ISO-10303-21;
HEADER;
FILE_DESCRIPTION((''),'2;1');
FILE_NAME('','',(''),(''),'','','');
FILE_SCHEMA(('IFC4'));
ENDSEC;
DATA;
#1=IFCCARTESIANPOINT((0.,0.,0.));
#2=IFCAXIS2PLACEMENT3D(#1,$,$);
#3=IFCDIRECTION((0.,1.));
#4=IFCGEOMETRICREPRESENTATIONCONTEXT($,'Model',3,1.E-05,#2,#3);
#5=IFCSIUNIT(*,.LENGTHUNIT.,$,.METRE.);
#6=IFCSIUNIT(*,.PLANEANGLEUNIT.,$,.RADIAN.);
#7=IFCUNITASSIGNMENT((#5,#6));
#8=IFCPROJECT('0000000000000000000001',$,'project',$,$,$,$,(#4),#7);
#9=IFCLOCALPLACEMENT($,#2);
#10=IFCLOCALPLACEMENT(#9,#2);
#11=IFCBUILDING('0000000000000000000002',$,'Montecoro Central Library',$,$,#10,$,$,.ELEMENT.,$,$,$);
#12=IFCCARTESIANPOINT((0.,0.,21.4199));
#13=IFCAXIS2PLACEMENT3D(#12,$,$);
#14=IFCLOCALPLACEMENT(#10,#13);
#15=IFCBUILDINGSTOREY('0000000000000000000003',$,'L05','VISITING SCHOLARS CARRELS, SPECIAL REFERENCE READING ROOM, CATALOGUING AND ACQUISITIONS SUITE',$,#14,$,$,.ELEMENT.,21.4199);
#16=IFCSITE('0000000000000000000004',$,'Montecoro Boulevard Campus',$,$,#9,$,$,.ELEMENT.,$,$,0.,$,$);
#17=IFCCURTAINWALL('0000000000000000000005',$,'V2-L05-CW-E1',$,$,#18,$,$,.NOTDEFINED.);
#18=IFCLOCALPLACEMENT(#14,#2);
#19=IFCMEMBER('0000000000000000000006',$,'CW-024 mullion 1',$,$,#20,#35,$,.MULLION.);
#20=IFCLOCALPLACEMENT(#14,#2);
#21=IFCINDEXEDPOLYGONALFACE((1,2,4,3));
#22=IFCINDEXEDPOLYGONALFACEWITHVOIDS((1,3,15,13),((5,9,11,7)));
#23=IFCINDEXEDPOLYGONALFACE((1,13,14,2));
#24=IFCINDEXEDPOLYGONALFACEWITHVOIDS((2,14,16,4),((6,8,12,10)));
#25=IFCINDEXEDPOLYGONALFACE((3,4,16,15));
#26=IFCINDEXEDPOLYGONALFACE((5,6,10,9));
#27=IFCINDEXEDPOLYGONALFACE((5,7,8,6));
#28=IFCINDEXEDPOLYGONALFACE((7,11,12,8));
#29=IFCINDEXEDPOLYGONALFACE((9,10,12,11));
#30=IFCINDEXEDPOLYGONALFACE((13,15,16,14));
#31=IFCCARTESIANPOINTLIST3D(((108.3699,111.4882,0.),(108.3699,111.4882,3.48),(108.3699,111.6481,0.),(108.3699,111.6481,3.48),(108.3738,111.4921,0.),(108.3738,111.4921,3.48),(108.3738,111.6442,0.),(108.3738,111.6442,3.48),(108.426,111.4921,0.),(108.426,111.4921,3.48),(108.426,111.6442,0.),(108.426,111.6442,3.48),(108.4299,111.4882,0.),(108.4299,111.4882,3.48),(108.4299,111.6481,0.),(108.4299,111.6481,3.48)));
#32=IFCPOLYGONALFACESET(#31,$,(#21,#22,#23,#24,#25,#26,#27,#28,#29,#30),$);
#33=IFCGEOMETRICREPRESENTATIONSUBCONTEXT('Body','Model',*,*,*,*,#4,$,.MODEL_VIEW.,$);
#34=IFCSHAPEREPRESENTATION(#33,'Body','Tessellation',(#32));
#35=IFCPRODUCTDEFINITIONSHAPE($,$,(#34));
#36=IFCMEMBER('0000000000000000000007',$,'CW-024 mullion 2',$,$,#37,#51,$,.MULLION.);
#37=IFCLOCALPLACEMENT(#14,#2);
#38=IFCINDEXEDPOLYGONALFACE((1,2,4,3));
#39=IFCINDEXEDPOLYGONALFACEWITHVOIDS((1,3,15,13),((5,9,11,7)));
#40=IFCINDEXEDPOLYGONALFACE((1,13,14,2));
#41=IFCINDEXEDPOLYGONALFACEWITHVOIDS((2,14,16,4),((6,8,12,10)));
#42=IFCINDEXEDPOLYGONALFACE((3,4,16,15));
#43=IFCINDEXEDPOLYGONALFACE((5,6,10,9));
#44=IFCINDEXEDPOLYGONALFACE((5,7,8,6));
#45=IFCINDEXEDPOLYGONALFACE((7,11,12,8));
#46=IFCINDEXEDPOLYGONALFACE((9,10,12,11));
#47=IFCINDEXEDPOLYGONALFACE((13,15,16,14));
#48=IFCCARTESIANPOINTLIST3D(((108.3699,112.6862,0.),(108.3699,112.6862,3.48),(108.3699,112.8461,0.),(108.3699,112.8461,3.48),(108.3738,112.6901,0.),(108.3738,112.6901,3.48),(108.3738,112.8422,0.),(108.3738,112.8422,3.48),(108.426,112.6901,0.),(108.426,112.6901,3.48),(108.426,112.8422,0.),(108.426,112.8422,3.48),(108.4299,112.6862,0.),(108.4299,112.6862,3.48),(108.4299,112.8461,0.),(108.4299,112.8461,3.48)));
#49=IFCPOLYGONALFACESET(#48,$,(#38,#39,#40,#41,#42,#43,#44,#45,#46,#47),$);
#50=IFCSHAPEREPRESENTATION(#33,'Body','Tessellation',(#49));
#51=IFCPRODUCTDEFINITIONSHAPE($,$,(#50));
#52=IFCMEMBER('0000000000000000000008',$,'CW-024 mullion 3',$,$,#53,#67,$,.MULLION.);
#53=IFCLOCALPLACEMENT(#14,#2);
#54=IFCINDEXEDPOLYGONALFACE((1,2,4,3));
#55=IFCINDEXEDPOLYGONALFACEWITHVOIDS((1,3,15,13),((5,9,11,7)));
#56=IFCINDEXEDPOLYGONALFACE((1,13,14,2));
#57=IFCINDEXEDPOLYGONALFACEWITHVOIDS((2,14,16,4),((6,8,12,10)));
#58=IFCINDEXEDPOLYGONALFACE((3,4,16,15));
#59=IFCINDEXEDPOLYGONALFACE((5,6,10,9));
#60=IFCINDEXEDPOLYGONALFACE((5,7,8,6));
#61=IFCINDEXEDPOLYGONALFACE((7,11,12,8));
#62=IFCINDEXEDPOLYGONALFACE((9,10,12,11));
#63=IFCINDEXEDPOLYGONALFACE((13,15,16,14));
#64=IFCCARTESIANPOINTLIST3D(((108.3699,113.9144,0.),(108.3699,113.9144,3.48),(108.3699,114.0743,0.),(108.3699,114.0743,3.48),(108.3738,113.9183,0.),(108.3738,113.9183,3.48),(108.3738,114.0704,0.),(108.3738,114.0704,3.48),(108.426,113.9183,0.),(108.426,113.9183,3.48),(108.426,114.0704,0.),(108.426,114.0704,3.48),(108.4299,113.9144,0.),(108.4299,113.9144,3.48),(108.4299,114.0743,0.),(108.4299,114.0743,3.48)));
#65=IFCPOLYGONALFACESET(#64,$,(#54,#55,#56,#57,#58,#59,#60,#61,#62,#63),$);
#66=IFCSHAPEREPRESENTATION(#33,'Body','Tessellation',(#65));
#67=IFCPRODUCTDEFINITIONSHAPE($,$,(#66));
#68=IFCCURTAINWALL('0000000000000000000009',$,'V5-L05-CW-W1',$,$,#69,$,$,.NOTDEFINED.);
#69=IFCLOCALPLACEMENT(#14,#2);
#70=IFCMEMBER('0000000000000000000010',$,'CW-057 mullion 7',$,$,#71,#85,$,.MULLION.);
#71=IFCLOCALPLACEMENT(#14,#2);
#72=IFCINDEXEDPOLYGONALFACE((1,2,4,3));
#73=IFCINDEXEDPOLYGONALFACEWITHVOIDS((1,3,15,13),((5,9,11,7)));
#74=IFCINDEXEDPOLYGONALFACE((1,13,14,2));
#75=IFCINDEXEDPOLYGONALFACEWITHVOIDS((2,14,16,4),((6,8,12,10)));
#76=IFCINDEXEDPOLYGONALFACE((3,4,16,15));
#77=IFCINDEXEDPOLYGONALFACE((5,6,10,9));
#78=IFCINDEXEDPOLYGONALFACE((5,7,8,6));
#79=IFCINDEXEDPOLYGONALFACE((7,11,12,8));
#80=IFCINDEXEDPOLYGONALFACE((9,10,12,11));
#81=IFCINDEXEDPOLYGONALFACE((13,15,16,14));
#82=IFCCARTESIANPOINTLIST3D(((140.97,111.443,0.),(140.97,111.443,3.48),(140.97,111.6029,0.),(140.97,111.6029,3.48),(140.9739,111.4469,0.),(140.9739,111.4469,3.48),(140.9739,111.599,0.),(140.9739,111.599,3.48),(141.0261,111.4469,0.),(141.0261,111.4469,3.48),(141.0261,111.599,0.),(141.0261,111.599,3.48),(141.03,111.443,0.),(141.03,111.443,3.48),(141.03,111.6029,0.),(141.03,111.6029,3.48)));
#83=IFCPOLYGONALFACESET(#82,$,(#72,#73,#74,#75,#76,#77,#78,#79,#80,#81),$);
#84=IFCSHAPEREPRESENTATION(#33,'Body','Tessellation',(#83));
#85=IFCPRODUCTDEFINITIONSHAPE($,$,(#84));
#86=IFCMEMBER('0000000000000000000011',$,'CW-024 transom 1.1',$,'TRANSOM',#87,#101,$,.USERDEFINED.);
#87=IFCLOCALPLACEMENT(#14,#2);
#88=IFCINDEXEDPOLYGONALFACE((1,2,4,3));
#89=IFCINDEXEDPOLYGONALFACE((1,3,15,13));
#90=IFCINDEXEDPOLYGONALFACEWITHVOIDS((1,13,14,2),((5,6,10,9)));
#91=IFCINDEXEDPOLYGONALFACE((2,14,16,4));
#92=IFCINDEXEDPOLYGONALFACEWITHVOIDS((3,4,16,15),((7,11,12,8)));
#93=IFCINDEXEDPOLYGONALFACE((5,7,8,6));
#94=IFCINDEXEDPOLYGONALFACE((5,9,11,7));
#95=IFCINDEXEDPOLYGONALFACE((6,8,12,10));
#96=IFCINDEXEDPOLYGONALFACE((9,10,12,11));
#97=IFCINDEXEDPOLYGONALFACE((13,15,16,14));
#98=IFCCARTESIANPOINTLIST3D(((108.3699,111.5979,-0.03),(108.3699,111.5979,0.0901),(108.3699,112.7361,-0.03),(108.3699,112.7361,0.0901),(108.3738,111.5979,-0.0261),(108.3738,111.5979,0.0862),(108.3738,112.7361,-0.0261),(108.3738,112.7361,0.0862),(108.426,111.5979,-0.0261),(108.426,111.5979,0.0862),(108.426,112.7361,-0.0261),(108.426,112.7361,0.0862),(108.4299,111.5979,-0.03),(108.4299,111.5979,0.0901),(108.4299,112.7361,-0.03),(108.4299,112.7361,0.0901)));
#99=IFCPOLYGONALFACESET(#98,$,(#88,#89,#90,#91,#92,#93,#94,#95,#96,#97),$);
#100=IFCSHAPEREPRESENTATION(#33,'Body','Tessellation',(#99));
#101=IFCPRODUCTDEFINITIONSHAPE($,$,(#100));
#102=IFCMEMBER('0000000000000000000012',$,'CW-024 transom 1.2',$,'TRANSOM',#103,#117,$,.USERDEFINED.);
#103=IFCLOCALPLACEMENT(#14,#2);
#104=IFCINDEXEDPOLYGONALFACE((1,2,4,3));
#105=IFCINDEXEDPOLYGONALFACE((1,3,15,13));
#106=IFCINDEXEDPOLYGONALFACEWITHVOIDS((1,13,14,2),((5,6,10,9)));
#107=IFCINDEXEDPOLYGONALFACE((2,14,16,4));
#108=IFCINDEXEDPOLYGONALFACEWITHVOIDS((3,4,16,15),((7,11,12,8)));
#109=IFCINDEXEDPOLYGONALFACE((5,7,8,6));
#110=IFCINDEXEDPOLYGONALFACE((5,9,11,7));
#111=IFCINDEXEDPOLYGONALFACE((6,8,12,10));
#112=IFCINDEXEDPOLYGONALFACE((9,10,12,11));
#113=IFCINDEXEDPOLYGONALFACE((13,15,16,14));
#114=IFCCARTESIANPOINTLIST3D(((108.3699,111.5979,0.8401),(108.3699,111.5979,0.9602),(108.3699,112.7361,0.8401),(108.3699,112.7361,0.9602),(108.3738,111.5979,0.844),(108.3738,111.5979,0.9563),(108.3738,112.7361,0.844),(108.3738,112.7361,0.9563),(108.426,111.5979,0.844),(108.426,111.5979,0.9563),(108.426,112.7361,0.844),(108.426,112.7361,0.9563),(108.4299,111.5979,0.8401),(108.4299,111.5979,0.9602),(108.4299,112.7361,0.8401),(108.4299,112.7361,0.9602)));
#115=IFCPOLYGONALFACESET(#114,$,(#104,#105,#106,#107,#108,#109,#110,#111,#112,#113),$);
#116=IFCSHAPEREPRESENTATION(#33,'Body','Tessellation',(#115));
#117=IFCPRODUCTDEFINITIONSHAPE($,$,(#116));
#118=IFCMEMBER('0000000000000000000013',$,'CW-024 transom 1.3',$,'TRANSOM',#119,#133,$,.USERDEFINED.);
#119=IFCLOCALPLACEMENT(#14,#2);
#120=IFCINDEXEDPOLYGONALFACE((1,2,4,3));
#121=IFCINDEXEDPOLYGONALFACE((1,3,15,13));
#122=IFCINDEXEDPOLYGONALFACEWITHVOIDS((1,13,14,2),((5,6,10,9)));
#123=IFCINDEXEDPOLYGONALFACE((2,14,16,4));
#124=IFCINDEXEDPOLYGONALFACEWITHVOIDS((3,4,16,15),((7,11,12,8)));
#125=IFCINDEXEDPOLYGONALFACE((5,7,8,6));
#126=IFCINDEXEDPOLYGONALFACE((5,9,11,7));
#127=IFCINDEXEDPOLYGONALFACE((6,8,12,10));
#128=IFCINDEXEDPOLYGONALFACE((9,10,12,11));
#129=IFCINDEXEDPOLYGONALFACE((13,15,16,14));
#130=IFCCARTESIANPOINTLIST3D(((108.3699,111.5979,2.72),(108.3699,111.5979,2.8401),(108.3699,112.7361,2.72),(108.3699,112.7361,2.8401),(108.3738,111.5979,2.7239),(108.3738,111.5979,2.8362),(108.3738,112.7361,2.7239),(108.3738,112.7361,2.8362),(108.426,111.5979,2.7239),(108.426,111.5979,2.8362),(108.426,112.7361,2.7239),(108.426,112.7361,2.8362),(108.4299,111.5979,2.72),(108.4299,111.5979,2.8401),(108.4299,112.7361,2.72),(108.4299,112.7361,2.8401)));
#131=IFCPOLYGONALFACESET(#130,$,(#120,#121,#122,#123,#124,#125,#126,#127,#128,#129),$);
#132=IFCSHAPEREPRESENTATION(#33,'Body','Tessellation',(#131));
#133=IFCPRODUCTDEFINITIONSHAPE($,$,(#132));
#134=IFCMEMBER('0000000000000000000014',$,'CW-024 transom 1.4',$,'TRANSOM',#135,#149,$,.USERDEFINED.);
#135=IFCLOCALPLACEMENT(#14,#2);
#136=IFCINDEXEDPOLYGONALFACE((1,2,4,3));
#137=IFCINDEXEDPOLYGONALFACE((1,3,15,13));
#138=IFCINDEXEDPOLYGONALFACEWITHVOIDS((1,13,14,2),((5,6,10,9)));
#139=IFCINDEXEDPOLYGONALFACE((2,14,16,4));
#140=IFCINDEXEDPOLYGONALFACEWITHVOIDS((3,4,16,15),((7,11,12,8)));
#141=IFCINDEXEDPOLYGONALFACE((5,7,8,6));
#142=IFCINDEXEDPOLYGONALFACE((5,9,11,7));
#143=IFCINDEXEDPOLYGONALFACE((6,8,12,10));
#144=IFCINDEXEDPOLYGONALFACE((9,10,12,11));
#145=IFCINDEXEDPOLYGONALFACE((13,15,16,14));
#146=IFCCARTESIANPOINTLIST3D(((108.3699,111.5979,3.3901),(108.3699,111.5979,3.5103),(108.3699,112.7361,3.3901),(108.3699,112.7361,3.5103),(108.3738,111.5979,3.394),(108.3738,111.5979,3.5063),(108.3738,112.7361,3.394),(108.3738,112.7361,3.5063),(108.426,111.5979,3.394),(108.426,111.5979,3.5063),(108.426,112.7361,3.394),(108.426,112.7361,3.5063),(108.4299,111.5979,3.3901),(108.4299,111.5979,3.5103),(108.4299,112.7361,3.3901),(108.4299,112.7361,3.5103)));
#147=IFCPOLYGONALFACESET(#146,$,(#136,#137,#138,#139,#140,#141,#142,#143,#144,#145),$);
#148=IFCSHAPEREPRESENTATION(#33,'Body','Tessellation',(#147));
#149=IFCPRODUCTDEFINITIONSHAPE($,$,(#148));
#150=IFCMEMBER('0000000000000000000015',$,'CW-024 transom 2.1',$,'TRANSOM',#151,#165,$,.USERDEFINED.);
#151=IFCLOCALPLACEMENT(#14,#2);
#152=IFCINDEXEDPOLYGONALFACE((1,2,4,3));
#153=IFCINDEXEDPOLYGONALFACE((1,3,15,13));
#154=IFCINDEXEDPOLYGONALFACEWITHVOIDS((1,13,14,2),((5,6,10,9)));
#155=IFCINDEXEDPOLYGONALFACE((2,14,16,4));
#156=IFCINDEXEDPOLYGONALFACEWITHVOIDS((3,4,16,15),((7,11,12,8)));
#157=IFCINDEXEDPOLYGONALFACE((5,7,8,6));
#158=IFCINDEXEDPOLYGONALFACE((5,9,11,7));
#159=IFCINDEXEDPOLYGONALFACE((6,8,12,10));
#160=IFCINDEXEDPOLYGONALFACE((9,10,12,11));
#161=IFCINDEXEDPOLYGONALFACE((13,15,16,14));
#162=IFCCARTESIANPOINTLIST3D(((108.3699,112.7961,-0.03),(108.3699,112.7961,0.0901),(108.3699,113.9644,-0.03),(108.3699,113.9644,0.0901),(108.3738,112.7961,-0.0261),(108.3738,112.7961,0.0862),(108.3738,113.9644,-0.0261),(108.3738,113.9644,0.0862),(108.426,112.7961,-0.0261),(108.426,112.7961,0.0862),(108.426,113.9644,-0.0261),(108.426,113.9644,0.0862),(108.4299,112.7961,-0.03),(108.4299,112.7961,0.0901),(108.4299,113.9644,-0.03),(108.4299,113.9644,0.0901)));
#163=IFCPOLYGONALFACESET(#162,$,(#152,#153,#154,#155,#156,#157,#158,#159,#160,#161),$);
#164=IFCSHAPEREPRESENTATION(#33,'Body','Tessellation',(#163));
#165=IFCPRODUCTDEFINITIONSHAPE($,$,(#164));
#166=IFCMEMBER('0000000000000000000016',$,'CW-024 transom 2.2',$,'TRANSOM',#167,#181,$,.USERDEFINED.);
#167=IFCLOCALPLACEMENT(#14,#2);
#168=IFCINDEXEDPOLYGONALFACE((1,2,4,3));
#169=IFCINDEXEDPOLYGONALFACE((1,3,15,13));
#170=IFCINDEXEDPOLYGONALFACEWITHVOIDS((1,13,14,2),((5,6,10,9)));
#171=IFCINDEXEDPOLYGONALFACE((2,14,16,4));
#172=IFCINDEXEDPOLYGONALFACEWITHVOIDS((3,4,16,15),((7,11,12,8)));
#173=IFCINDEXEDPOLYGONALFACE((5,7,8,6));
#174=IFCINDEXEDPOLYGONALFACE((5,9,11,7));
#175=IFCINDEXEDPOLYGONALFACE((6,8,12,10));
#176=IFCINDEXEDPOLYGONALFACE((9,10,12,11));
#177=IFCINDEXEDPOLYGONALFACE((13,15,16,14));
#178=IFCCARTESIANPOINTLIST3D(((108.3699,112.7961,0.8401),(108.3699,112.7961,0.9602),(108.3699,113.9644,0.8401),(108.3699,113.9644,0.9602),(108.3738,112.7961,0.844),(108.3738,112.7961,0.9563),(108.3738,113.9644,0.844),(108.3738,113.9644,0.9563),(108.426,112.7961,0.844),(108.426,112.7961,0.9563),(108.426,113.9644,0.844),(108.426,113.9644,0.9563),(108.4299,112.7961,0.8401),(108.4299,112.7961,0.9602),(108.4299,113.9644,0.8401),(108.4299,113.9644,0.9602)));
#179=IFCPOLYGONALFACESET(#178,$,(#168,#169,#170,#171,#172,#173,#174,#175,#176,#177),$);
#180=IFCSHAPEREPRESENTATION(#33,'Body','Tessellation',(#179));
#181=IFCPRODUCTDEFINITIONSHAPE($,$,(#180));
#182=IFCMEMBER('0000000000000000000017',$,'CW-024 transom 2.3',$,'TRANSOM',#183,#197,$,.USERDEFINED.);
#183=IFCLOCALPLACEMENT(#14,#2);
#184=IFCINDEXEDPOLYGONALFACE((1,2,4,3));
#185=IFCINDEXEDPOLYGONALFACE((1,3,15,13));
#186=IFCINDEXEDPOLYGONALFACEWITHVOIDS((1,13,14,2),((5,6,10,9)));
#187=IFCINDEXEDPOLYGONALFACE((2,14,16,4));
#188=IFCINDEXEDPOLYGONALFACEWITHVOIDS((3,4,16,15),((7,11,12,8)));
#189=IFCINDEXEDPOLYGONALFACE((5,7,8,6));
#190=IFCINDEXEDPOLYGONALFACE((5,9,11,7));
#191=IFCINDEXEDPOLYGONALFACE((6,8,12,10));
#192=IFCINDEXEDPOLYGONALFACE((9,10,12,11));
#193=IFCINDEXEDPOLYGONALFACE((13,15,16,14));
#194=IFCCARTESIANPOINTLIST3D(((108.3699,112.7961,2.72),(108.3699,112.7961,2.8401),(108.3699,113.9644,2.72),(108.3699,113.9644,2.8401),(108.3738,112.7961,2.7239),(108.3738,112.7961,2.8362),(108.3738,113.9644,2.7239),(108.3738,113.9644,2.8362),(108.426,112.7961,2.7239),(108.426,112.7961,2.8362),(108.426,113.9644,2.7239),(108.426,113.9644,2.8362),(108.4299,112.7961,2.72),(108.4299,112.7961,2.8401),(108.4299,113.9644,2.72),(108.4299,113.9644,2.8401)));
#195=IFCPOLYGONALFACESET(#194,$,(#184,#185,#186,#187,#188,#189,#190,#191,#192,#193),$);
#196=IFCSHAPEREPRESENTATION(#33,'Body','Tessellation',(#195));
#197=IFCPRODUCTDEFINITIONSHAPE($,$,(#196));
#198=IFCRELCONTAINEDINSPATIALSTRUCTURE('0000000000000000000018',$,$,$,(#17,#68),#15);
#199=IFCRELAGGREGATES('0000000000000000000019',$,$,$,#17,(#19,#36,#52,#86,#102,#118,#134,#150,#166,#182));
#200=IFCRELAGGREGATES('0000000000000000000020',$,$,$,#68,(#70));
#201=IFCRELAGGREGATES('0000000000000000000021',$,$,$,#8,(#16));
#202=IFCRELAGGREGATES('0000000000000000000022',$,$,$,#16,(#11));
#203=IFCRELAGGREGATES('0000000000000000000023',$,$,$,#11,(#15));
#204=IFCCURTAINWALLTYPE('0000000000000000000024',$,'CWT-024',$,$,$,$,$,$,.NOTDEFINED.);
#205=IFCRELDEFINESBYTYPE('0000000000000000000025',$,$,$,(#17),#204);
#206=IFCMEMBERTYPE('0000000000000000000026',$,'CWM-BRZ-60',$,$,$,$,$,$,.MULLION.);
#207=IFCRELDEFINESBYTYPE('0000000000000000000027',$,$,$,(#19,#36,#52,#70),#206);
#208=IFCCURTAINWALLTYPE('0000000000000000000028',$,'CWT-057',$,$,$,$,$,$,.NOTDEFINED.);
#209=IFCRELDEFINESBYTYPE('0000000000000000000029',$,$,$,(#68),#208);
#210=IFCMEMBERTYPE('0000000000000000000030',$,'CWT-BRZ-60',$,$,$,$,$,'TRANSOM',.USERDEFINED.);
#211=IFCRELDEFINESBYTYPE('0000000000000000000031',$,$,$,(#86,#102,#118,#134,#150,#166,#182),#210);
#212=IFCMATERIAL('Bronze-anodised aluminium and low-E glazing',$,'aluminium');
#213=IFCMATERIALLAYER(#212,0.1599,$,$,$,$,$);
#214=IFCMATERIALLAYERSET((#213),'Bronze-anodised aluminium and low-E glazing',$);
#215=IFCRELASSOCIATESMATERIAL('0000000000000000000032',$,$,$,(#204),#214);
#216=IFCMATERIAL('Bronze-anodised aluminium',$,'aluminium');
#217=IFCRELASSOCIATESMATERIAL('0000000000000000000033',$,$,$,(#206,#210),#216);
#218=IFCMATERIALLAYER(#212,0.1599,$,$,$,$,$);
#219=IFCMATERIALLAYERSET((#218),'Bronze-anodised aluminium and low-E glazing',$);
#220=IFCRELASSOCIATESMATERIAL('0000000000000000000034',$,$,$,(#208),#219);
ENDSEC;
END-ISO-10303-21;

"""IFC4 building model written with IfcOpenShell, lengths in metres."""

from ifc_helpers import new_model, si_unit, direction, frame, origin, origin_2d, place, context, subcontext, project, spatial, hollow_rectangle, extrude, material, layer, layer_set, material_profile, profile_set, type_object, element, aggregate, save


model = new_model("IFC4")

# Units and contexts
model_context = context("Model", 3, precision=1e-05, world=origin(), true_north=direction((0.0, 1.0)))
body_context = subcontext(model_context, "Body", "Model", "MODEL_VIEW")
ifc_project = project(units=[si_unit("LENGTHUNIT", "METRE"), si_unit("PLANEANGLEUNIT", "RADIAN")], contexts=[model_context])

# Site, building, storey
site_placement = place(None, origin())
site = spatial("IfcSite", under=ifc_project, at=site_placement, Name="Montecoro Boulevard Campus", CompositionType="ELEMENT", RefElevation=0.0)
building_placement = place(site_placement, origin())
building = spatial("IfcBuilding", under=site, at=building_placement, Name="Montecoro Central Library", CompositionType="ELEMENT")
storey_placement = place(building_placement, frame((0.0, 0.0, 21.4199)))
storey = spatial("IfcBuildingStorey", under=building, at=storey_placement, Name="L05", Description="VISITING SCHOLARS CARRELS, SPECIAL REFERENCE READING ROOM, CATALOGUING AND ACQUISITIONS SUITE", CompositionType="ELEMENT", Elevation=21.4199)

# Curtain wall, members
ifc_material_1 = material(Name="Bronze-anodised aluminium and low-E glazing", Category="aluminium")
ifc_layer_1 = layer(ifc_material_1, 0.1599)
ifc_layer_set_1 = layer_set([ifc_layer_1], Name="Bronze-anodised aluminium and low-E glazing")
curtain_wall_type_1 = type_object("IfcCurtainWallType", Name="CWT-024", PredefinedType="NOTDEFINED", material=ifc_layer_set_1)
curtain_wall_1_placement = place(storey_placement, origin())
curtain_wall_1 = element("IfcCurtainWall", 1, at=curtain_wall_1_placement, inside=storey, type_object=curtain_wall_type_1, Name="V2-L05-CW-E1", PredefinedType="NOTDEFINED")
ifc_material_2 = material(Name="Bronze-anodised aluminium", Category="aluminium")
ifc_material_profile_1 = material_profile(ifc_material_2, hollow_rectangle(XDim=0.0601, YDim=0.1599, WallThickness=0.0039, at=origin_2d()), Name="CWM 160x60x4.0")
ifc_profile_set_1 = profile_set([ifc_material_profile_1], Name="Bronze-anodised aluminium")
member_type_1 = type_object("IfcMemberType", Name="CWM-BRZ-60", PredefinedType="MULLION", material=ifc_profile_set_1)
member_1_placement = place(storey_placement, frame((108.3999, 111.5681, 0.0), z_axis=(0.0, 0.0, 1.0), x_axis=(-1.0, 0.0, 0.0)))
member_1 = element("IfcMember", 2, at=member_1_placement, type_object=member_type_1, Name="CW-024 mullion 1", PredefinedType="MULLION", context=body_context, shape_type="SweptSolid", body=[
    extrude(hollow_rectangle(XDim=0.0601, YDim=0.1599, WallThickness=0.0039, at=origin_2d()), origin(), (0.0, 0.0, 1.0), 3.48),
])
member_2_placement = place(storey_placement, frame((108.3999, 112.7661, 0.0), z_axis=(0.0, 0.0, 1.0), x_axis=(-1.0, 0.0, 0.0)))
member_2 = element("IfcMember", 3, at=member_2_placement, type_object=member_type_1, Name="CW-024 mullion 2", PredefinedType="MULLION", context=body_context, shape_type="SweptSolid", body=[
    extrude(hollow_rectangle(XDim=0.0601, YDim=0.1599, WallThickness=0.0039, at=origin_2d()), origin(), (0.0, 0.0, 1.0), 3.48),
])
member_3_placement = place(storey_placement, frame((108.3999, 113.9944, 0.0), z_axis=(0.0, 0.0, 1.0), x_axis=(-1.0, 0.0, 0.0)))
member_3 = element("IfcMember", 4, at=member_3_placement, type_object=member_type_1, Name="CW-024 mullion 3", PredefinedType="MULLION", context=body_context, shape_type="SweptSolid", body=[
    extrude(hollow_rectangle(XDim=0.0601, YDim=0.1599, WallThickness=0.0039, at=origin_2d()), origin(), (0.0, 0.0, 1.0), 3.48),
])

# Curtain wall, member
ifc_layer_2 = layer(ifc_material_1, 0.1599)
ifc_layer_set_2 = layer_set([ifc_layer_2], Name="Bronze-anodised aluminium and low-E glazing")
curtain_wall_type_2 = type_object("IfcCurtainWallType", Name="CWT-057", PredefinedType="NOTDEFINED", material=ifc_layer_set_2)
curtain_wall_2_placement = place(storey_placement, origin())
curtain_wall_2 = element("IfcCurtainWall", 5, at=curtain_wall_2_placement, inside=storey, type_object=curtain_wall_type_2, Name="V5-L05-CW-W1", PredefinedType="NOTDEFINED")
member_4_placement = place(storey_placement, frame((141.0, 111.5229, 0.0), z_axis=(0.0, 0.0, 1.0), x_axis=(1.0, 0.0, 0.0)))
member_4 = element("IfcMember", 6, at=member_4_placement, type_object=member_type_1, Name="CW-057 mullion 7", PredefinedType="MULLION", context=body_context, shape_type="SweptSolid", body=[
    extrude(hollow_rectangle(XDim=0.0601, YDim=0.1599, WallThickness=0.0039, at=origin_2d()), origin(), (0.0, 0.0, 1.0), 3.48),
])

# Members
ifc_material_profile_2 = material_profile(ifc_material_2, hollow_rectangle(XDim=0.0601, YDim=0.1201, WallThickness=0.0039, at=origin_2d()), Name="CWT 120x60x4.0")
ifc_profile_set_2 = profile_set([ifc_material_profile_2], Name="Bronze-anodised aluminium")
member_type_2 = type_object("IfcMemberType", Name="CWT-BRZ-60", ElementType="TRANSOM", PredefinedType="USERDEFINED", material=ifc_profile_set_2)
member_5_placement = place(storey_placement, frame((108.3999, 111.5979, 0.03), z_axis=(0.0, 1.0, 0.0), x_axis=(-1.0, 0.0, 0.0)))
member_5 = element("IfcMember", 7, at=member_5_placement, type_object=member_type_2, Name="CW-024 transom 1.1", ObjectType="TRANSOM", PredefinedType="USERDEFINED", context=body_context, shape_type="SweptSolid", body=[
    extrude(hollow_rectangle(XDim=0.0601, YDim=0.1201, WallThickness=0.0039, at=origin_2d()), origin(), (0.0, 0.0, 1.0), 1.1382),
])
member_6_placement = place(storey_placement, frame((108.3999, 111.5979, 0.9001), z_axis=(0.0, 1.0, 0.0), x_axis=(-1.0, 0.0, 0.0)))
member_6 = element("IfcMember", 8, at=member_6_placement, type_object=member_type_2, Name="CW-024 transom 1.2", ObjectType="TRANSOM", PredefinedType="USERDEFINED", context=body_context, shape_type="SweptSolid", body=[
    extrude(hollow_rectangle(XDim=0.0601, YDim=0.1201, WallThickness=0.0039, at=origin_2d()), origin(), (0.0, 0.0, 1.0), 1.1382),
])
member_7_placement = place(storey_placement, frame((108.3999, 111.5979, 2.78), z_axis=(0.0, 1.0, 0.0), x_axis=(-1.0, 0.0, 0.0)))
member_7 = element("IfcMember", 9, at=member_7_placement, type_object=member_type_2, Name="CW-024 transom 1.3", ObjectType="TRANSOM", PredefinedType="USERDEFINED", context=body_context, shape_type="SweptSolid", body=[
    extrude(hollow_rectangle(XDim=0.0601, YDim=0.1201, WallThickness=0.0039, at=origin_2d()), origin(), (0.0, 0.0, 1.0), 1.1382),
])
member_8_placement = place(storey_placement, frame((108.3999, 111.5979, 3.4502), z_axis=(0.0, 1.0, 0.0), x_axis=(-1.0, 0.0, 0.0)))
member_8 = element("IfcMember", 10, at=member_8_placement, type_object=member_type_2, Name="CW-024 transom 1.4", ObjectType="TRANSOM", PredefinedType="USERDEFINED", context=body_context, shape_type="SweptSolid", body=[
    extrude(hollow_rectangle(XDim=0.0601, YDim=0.1201, WallThickness=0.0039, at=origin_2d()), origin(), (0.0, 0.0, 1.0), 1.1382),
])
member_9_placement = place(storey_placement, frame((108.3999, 112.7961, 0.03), z_axis=(0.0, 1.0, 0.0), x_axis=(-1.0, 0.0, 0.0)))
member_9 = element("IfcMember", 11, at=member_9_placement, type_object=member_type_2, Name="CW-024 transom 2.1", ObjectType="TRANSOM", PredefinedType="USERDEFINED", context=body_context, shape_type="SweptSolid", body=[
    extrude(hollow_rectangle(XDim=0.0601, YDim=0.1201, WallThickness=0.0039, at=origin_2d()), origin(), (0.0, 0.0, 1.0), 1.1682),
])
member_10_placement = place(storey_placement, frame((108.3999, 112.7961, 0.9001), z_axis=(0.0, 1.0, 0.0), x_axis=(-1.0, 0.0, 0.0)))
member_10 = element("IfcMember", 12, at=member_10_placement, type_object=member_type_2, Name="CW-024 transom 2.2", ObjectType="TRANSOM", PredefinedType="USERDEFINED", context=body_context, shape_type="SweptSolid", body=[
    extrude(hollow_rectangle(XDim=0.0601, YDim=0.1201, WallThickness=0.0039, at=origin_2d()), origin(), (0.0, 0.0, 1.0), 1.1682),
])
member_11_placement = place(storey_placement, frame((108.3999, 112.7961, 2.78), z_axis=(0.0, 1.0, 0.0), x_axis=(-1.0, 0.0, 0.0)))
member_11 = element("IfcMember", 13, at=member_11_placement, type_object=member_type_2, Name="CW-024 transom 2.3", ObjectType="TRANSOM", PredefinedType="USERDEFINED", context=body_context, shape_type="SweptSolid", body=[
    extrude(hollow_rectangle(XDim=0.0601, YDim=0.1201, WallThickness=0.0039, at=origin_2d()), origin(), (0.0, 0.0, 1.0), 1.1682),
])

aggregate(curtain_wall_1, [member_1, member_2, member_3, member_5, member_6, member_7, member_8, member_9, member_10, member_11])
aggregate(curtain_wall_2, [member_4])

save(model, "model.ifc")
